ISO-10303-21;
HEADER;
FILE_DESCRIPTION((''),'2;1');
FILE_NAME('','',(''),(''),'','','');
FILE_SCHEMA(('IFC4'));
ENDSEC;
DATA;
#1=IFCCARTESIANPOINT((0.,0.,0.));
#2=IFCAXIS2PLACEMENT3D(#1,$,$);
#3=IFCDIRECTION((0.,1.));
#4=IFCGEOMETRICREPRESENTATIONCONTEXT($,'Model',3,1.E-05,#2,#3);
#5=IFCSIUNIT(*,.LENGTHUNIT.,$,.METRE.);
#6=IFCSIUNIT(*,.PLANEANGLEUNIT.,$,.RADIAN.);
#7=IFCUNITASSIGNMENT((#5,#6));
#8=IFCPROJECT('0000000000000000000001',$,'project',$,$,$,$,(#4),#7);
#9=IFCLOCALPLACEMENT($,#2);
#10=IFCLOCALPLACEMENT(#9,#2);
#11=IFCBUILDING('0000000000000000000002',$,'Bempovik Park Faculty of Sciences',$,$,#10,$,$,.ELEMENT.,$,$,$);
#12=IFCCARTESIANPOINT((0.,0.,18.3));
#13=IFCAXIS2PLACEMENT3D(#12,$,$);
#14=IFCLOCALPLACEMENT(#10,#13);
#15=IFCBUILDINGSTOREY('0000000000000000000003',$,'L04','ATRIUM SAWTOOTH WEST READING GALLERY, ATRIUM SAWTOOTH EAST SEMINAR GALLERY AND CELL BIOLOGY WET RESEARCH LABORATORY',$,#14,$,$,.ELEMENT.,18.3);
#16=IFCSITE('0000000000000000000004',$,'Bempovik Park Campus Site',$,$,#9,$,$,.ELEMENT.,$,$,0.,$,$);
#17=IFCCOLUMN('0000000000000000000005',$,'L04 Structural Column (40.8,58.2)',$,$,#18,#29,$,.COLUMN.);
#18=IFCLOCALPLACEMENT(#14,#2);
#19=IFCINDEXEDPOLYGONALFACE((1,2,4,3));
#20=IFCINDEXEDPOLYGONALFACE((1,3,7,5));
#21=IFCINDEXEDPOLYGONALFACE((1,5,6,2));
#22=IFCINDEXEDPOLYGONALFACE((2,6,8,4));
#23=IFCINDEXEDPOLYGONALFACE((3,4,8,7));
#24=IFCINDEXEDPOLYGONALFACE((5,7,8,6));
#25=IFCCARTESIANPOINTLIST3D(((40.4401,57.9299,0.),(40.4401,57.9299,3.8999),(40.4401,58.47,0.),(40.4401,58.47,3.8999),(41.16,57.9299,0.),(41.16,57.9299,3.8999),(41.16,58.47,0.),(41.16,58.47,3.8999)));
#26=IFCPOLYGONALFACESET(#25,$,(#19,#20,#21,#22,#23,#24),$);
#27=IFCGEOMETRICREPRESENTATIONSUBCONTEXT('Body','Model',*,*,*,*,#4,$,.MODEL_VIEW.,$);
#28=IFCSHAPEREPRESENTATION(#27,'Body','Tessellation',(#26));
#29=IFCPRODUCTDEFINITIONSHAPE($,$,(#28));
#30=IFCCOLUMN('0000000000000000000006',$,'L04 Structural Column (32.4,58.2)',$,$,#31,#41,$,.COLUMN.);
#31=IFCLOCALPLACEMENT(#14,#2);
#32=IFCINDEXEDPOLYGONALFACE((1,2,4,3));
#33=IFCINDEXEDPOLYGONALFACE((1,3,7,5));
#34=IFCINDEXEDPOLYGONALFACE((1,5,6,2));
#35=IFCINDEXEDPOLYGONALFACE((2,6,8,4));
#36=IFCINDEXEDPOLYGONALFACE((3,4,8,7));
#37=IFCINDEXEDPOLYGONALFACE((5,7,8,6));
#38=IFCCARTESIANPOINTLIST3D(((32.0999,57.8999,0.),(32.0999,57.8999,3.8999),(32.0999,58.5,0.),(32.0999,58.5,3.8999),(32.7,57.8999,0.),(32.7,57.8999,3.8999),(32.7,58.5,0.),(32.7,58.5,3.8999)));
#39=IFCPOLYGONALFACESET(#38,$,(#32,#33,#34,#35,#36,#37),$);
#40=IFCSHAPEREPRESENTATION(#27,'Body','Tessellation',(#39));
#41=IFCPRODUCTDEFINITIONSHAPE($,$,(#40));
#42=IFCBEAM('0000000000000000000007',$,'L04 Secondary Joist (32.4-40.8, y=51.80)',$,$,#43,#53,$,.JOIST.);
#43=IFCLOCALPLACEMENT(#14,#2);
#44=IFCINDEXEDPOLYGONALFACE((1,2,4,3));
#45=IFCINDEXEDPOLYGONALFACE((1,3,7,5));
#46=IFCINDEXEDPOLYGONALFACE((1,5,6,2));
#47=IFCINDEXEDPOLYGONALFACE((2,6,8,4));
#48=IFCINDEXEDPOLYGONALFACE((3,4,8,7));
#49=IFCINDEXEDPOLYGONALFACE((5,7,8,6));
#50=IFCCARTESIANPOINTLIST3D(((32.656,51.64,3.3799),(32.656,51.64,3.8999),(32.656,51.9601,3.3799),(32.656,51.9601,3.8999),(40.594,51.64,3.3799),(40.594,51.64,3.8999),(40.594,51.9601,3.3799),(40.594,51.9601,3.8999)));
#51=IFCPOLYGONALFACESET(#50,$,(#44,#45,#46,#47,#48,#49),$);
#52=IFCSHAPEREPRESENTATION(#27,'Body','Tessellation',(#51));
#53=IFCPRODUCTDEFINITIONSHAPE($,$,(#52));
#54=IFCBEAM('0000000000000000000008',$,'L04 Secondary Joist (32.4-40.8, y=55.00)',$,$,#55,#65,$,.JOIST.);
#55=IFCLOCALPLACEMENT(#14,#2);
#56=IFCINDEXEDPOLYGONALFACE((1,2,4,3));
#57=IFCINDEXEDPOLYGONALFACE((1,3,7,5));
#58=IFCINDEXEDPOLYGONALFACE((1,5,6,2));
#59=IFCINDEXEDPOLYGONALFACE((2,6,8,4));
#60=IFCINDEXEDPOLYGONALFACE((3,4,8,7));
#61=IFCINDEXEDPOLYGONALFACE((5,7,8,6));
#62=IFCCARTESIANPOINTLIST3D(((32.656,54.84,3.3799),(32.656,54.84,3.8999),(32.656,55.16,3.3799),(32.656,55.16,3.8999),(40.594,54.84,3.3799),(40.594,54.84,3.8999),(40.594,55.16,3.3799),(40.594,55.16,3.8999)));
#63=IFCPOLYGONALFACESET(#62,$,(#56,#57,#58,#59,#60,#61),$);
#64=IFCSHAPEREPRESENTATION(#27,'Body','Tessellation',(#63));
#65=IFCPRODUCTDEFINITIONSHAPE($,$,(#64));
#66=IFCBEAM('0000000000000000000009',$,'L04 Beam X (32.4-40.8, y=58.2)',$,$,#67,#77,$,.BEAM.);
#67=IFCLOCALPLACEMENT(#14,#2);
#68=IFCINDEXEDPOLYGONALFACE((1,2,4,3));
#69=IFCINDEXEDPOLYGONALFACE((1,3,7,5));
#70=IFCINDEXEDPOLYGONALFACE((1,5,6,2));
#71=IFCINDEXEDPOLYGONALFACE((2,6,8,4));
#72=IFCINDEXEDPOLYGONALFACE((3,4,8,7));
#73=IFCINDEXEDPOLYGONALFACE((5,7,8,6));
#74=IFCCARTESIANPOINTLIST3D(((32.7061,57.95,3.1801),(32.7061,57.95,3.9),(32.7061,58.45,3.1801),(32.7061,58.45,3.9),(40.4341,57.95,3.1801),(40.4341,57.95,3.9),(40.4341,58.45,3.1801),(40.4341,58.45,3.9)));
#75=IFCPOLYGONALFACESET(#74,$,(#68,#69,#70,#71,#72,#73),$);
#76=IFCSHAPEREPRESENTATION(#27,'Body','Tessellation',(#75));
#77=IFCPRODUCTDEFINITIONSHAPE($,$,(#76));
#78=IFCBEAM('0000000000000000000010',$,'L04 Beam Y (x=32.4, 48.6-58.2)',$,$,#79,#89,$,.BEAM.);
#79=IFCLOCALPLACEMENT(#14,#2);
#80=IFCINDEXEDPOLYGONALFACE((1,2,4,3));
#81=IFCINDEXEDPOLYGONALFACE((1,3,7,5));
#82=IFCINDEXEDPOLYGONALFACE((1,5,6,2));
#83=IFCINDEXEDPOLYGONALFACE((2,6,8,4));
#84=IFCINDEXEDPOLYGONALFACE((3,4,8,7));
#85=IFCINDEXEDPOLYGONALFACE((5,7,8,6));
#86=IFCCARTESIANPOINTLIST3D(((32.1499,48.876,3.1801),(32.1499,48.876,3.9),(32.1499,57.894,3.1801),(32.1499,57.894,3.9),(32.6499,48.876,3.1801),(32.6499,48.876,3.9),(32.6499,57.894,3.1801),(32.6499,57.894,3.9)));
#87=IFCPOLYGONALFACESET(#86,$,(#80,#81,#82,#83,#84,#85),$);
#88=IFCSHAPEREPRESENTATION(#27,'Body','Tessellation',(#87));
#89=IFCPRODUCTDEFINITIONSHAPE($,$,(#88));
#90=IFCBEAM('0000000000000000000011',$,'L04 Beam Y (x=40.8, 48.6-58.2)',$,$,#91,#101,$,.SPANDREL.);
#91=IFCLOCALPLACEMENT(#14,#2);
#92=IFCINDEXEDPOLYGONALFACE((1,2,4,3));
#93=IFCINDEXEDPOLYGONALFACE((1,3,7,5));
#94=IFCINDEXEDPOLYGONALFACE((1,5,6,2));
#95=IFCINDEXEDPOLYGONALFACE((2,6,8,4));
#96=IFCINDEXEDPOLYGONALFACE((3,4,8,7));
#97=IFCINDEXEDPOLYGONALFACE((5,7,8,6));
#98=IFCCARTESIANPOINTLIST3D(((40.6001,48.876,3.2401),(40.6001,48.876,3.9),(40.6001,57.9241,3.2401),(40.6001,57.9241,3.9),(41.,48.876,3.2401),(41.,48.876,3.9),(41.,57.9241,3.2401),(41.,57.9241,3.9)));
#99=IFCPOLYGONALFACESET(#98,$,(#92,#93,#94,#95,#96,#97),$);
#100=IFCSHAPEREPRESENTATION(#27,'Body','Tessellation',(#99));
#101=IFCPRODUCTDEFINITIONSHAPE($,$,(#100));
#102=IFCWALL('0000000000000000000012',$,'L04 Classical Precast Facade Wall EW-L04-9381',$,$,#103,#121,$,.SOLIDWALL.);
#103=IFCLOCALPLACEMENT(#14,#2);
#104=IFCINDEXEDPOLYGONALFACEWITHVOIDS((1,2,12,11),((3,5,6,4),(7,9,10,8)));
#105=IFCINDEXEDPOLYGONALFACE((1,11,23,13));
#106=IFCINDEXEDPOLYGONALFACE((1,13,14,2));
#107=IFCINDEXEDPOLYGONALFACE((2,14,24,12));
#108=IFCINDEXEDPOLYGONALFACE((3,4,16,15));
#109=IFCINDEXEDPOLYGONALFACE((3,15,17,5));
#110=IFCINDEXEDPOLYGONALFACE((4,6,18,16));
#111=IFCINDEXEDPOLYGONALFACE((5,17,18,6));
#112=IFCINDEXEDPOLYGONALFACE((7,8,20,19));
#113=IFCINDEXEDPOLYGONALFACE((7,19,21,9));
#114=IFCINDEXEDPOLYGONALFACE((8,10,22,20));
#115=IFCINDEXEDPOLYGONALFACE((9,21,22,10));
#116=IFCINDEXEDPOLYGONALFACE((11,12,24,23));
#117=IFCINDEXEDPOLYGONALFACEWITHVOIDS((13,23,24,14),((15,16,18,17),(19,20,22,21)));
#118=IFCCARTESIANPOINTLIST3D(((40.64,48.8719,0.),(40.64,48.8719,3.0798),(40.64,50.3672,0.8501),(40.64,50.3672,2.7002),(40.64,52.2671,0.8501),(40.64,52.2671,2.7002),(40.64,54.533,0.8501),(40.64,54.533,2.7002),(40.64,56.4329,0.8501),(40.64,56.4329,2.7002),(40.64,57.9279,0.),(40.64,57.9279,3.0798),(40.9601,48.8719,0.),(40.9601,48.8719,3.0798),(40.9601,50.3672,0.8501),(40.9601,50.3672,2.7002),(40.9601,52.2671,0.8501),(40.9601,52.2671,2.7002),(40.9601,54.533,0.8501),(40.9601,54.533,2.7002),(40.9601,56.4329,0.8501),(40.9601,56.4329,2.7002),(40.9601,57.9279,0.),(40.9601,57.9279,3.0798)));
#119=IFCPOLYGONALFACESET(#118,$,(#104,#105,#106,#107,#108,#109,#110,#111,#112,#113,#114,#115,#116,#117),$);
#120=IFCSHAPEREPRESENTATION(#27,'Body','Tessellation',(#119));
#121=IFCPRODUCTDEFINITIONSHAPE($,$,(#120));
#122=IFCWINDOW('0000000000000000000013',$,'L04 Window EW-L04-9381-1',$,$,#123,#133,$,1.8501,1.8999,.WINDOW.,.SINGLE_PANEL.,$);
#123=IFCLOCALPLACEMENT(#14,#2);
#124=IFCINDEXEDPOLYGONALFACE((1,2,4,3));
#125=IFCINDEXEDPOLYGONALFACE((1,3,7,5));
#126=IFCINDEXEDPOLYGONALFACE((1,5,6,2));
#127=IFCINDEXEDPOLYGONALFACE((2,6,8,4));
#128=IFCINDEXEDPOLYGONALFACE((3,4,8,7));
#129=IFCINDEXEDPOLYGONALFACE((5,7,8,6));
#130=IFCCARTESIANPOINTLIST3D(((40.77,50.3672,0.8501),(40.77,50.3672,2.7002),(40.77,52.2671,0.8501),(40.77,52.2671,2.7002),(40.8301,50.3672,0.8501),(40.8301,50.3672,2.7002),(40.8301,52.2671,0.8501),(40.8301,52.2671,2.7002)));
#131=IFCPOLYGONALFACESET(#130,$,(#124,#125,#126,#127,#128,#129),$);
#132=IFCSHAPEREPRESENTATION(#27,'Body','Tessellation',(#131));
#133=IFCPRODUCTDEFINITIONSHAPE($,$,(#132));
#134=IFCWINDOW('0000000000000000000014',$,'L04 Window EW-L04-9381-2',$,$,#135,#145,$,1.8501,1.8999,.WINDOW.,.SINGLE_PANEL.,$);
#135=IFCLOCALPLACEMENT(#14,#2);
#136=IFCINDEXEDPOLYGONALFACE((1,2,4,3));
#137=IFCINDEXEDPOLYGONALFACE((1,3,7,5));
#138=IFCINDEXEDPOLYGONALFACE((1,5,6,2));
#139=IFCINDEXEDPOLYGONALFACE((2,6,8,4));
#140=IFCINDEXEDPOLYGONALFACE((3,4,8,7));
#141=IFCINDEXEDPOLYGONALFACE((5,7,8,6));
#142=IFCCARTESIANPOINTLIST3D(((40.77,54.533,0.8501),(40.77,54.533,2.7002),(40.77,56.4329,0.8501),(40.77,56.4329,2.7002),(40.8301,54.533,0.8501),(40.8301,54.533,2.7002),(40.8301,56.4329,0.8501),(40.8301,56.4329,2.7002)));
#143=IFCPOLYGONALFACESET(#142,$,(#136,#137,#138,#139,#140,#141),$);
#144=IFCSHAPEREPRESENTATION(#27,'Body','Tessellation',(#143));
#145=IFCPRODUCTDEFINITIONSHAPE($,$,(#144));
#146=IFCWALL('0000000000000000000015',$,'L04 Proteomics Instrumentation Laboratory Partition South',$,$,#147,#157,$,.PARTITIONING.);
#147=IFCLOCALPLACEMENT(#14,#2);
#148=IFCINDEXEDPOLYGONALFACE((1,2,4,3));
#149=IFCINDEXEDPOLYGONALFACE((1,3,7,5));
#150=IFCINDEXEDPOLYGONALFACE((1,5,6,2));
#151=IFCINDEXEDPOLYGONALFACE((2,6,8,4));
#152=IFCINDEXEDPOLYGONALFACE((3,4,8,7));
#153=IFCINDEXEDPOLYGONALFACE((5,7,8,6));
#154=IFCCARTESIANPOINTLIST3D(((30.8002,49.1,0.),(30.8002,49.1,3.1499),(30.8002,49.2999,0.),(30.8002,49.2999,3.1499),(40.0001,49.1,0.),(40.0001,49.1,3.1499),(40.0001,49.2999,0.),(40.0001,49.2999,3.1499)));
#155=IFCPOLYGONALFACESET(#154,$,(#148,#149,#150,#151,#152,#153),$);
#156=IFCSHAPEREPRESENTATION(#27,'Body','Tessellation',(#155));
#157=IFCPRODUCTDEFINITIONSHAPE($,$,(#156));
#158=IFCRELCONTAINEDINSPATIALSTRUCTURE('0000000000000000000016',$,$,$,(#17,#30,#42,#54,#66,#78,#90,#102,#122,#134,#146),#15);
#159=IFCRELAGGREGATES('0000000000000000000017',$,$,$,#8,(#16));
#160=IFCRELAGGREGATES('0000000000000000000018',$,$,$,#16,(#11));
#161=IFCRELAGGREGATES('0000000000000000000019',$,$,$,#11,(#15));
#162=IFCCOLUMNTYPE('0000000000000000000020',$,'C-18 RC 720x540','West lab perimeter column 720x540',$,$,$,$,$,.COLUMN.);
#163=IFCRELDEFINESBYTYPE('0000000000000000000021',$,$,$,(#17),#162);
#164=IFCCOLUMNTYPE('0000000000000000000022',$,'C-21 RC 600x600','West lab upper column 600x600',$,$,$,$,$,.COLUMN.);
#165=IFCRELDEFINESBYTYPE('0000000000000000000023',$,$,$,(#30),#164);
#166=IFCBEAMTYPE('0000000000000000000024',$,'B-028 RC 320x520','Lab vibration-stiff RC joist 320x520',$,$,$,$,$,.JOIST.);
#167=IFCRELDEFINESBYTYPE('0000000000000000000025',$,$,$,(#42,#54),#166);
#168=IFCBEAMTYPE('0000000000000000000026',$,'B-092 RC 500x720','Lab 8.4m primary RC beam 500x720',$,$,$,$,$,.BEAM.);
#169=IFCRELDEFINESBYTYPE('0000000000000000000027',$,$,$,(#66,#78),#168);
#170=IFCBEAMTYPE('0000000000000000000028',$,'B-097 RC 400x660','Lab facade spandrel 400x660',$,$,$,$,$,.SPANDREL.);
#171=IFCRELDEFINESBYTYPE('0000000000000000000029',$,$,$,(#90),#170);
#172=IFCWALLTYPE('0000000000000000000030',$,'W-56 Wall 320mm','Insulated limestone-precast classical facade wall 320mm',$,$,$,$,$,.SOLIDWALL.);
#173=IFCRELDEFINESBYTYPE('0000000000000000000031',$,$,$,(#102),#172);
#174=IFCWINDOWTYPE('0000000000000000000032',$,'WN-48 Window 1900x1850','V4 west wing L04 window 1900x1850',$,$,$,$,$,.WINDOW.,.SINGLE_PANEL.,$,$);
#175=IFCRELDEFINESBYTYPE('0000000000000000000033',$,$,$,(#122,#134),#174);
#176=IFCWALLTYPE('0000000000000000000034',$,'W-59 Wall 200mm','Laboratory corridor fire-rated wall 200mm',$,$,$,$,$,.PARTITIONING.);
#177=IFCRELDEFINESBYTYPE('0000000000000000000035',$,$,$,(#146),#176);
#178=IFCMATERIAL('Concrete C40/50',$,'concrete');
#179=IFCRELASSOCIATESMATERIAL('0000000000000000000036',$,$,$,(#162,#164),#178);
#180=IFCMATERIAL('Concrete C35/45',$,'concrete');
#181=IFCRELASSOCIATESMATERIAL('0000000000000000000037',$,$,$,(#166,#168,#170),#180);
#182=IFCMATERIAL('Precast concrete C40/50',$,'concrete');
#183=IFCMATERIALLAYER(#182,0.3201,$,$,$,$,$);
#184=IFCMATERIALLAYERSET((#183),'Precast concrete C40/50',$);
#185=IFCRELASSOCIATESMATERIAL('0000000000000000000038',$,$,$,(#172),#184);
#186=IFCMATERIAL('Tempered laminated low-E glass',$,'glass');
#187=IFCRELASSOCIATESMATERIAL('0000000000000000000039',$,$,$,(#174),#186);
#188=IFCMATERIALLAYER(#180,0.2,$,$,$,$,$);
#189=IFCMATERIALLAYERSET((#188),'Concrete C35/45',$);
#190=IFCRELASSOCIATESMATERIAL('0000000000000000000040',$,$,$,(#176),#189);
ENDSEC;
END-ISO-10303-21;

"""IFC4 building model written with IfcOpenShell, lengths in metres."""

from ifc_helpers import new_model, si_unit, direction, frame, frame_2d, origin, origin_2d, place, context, subcontext, project, spatial, rectangle, extrude, material, layer, layer_set, material_profile, profile_set, type_object, element, fill, save


model = new_model("IFC4")

# Units and contexts
model_context = context("Model", 3, precision=1e-05, world=origin(), true_north=direction((0.0, 1.0)))
body_context = subcontext(model_context, "Body", "Model", "MODEL_VIEW")
ifc_project = project(units=[si_unit("LENGTHUNIT", "METRE"), si_unit("PLANEANGLEUNIT", "RADIAN")], contexts=[model_context])

# Site, building, storey
site_placement = place(None, origin())
site = spatial("IfcSite", under=ifc_project, at=site_placement, Name="Bempovik Park Campus Site", CompositionType="ELEMENT", RefElevation=0.0)
building_placement = place(site_placement, origin())
building = spatial("IfcBuilding", under=site, at=building_placement, Name="Bempovik Park Faculty of Sciences", CompositionType="ELEMENT")
storey_placement = place(building_placement, frame((0.0, 0.0, 18.3)))
storey = spatial("IfcBuildingStorey", under=building, at=storey_placement, Name="L04", Description="ATRIUM SAWTOOTH WEST READING GALLERY, ATRIUM SAWTOOTH EAST SEMINAR GALLERY AND CELL BIOLOGY WET RESEARCH LABORATORY", CompositionType="ELEMENT", Elevation=18.3)

# Columns
ifc_material_1 = material(Name="Concrete C40/50", Category="concrete")
ifc_material_profile_1 = material_profile(ifc_material_1, rectangle(XDim=0.72, YDim=0.54, at=origin_2d()), Name="RC 720x540")
ifc_profile_set_1 = profile_set([ifc_material_profile_1], Name="Concrete C40/50")
column_type_1 = type_object("IfcColumnType", Name="C-18 RC 720x540", Description="West lab perimeter column 720x540", PredefinedType="COLUMN", material=ifc_profile_set_1)
column_1_placement = place(storey_placement, frame((40.8, 58.2, 0.0), z_axis=(0.0, 0.0, 1.0), x_axis=(1.0, 0.0, 0.0)))
element("IfcColumn", 1, at=column_1_placement, inside=storey, type_object=column_type_1, Name="L04 Structural Column (40.8,58.2)", PredefinedType="COLUMN", context=body_context, shape_type="SweptSolid", body=[
    extrude(rectangle(XDim=0.72, YDim=0.54, at=origin_2d()), origin(), (0.0, 0.0, 1.0), 3.8999),
])
ifc_material_profile_2 = material_profile(ifc_material_1, rectangle(XDim=0.6001, YDim=0.6001, at=origin_2d()), Name="RC 600x600")
ifc_profile_set_2 = profile_set([ifc_material_profile_2], Name="Concrete C40/50")
column_type_2 = type_object("IfcColumnType", Name="C-21 RC 600x600", Description="West lab upper column 600x600", PredefinedType="COLUMN", material=ifc_profile_set_2)
column_2_placement = place(storey_placement, frame((32.3999, 58.2, 0.0), z_axis=(0.0, 0.0, 1.0), x_axis=(1.0, 0.0, 0.0)))
element("IfcColumn", 2, at=column_2_placement, inside=storey, type_object=column_type_2, Name="L04 Structural Column (32.4,58.2)", PredefinedType="COLUMN", context=body_context, shape_type="SweptSolid", body=[
    extrude(rectangle(XDim=0.6001, YDim=0.6001, at=origin_2d()), origin(), (0.0, 0.0, 1.0), 3.8999),
])

# Beams
ifc_material_2 = material(Name="Concrete C35/45", Category="concrete")
ifc_material_profile_3 = material_profile(ifc_material_2, rectangle(XDim=0.3201, YDim=0.52, at=origin_2d()), Name="RC 320x520")
ifc_profile_set_3 = profile_set([ifc_material_profile_3], Name="Concrete C35/45")
beam_type_1 = type_object("IfcBeamType", Name="B-028 RC 320x520", Description="Lab vibration-stiff RC joist 320x520", PredefinedType="JOIST", material=ifc_profile_set_3)
for number, where, z_axis, x_axis, name in (
    (3, (32.656, 51.8, 3.6399), (1.0, 0.0, 0.0), (0.0, 1.0, 0.0), "L04 Secondary Joist (32.4-40.8, y=51.80)"),
    (4, (32.656, 55.0, 3.6399), (1.0, 0.0, 0.0), (0.0, 1.0, 0.0), "L04 Secondary Joist (32.4-40.8, y=55.00)"),
):
    element("IfcBeam", number, at=place(storey_placement, frame(where, z_axis=z_axis, x_axis=x_axis)), inside=storey, type_object=beam_type_1, Name=name, PredefinedType="JOIST", context=body_context, shape_type="SweptSolid", body=[
        extrude(rectangle(XDim=0.3201, YDim=0.52, at=origin_2d()), origin(), (0.0, 0.0, 1.0), 7.938),
    ])
ifc_material_profile_4 = material_profile(ifc_material_2, rectangle(XDim=0.5, YDim=0.72, at=origin_2d()), Name="RC 500x720")
ifc_profile_set_4 = profile_set([ifc_material_profile_4], Name="Concrete C35/45")
beam_type_2 = type_object("IfcBeamType", Name="B-092 RC 500x720", Description="Lab 8.4m primary RC beam 500x720", PredefinedType="BEAM", material=ifc_profile_set_4)
beam_1_placement = place(storey_placement, frame((32.7061, 58.2, 3.54), z_axis=(1.0, 0.0, 0.0), x_axis=(0.0, 1.0, 0.0)))
element("IfcBeam", 5, at=beam_1_placement, inside=storey, type_object=beam_type_2, Name="L04 Beam X (32.4-40.8, y=58.2)", PredefinedType="BEAM", context=body_context, shape_type="SweptSolid", body=[
    extrude(rectangle(XDim=0.5, YDim=0.72, at=origin_2d()), origin(), (0.0, 0.0, 1.0), 7.728),
])
beam_2_placement = place(storey_placement, frame((32.3999, 48.876, 3.54), z_axis=(0.0, 1.0, 0.0), x_axis=(-1.0, 0.0, 0.0)))
element("IfcBeam", 6, at=beam_2_placement, inside=storey, type_object=beam_type_2, Name="L04 Beam Y (x=32.4, 48.6-58.2)", PredefinedType="BEAM", context=body_context, shape_type="SweptSolid", body=[
    extrude(rectangle(XDim=0.5, YDim=0.72, at=origin_2d()), origin(), (0.0, 0.0, 1.0), 9.0181),
])
ifc_material_profile_5 = material_profile(ifc_material_2, rectangle(XDim=0.3999, YDim=0.6599, at=origin_2d()), Name="RC 400x660")
ifc_profile_set_5 = profile_set([ifc_material_profile_5], Name="Concrete C35/45")
beam_type_3 = type_object("IfcBeamType", Name="B-097 RC 400x660", Description="Lab facade spandrel 400x660", PredefinedType="SPANDREL", material=ifc_profile_set_5)
beam_3_placement = place(storey_placement, frame((40.8, 48.876, 3.5701), z_axis=(0.0, 1.0, 0.0), x_axis=(-1.0, 0.0, 0.0)))
element("IfcBeam", 7, at=beam_3_placement, inside=storey, type_object=beam_type_3, Name="L04 Beam Y (x=40.8, 48.6-58.2)", PredefinedType="SPANDREL", context=body_context, shape_type="SweptSolid", body=[
    extrude(rectangle(XDim=0.3999, YDim=0.6599, at=origin_2d()), origin(), (0.0, 0.0, 1.0), 9.0481),
])

# Wall, openings, windows
ifc_material_3 = material(Name="Precast concrete C40/50", Category="concrete")
ifc_layer_1 = layer(ifc_material_3, 0.3201)
ifc_layer_set_1 = layer_set([ifc_layer_1], Name="Precast concrete C40/50")
wall_type_1 = type_object("IfcWallType", Name="W-56 Wall 320mm", Description="Insulated limestone-precast classical facade wall 320mm", PredefinedType="SOLIDWALL", material=ifc_layer_set_1)
wall_1_placement = place(storey_placement, frame((40.8, 48.8721, 0.0), z_axis=(0.0, 0.0, 1.0), x_axis=(0.0, 1.0, 0.0)))
wall_1 = element("IfcWall", 8, at=wall_1_placement, inside=storey, type_object=wall_type_1, Name="L04 Classical Precast Facade Wall EW-L04-9381", PredefinedType="SOLIDWALL", context=body_context, shape_type="SweptSolid", body=[
    extrude(rectangle(XDim=9.0559, YDim=0.3201, at=frame_2d((4.5278, 0.0))), origin(), (0.0, 0.0, 1.0), 3.0798),
])
opening_1_placement = place(wall_1_placement, frame((1.4951, 0.0, 0.8501)))
opening_1 = element("IfcOpeningElement", 9, at=opening_1_placement, cuts=wall_1, PredefinedType="OPENING", context=body_context, shape_type="SweptSolid", body=[
    extrude(rectangle(XDim=1.8999, YDim=1.8501, at=frame_2d((0.95, 0.925))), frame((0.0, 0.1699, 0.0), z_axis=(0.0, -1.0, 0.0), x_axis=(1.0, 0.0, 0.0)), (0.0, 0.0, 1.0), 0.3401),
])
opening_2_placement = place(wall_1_placement, frame((5.6609, 0.0, 0.8501)))
opening_2 = element("IfcOpeningElement", 10, at=opening_2_placement, cuts=wall_1, PredefinedType="OPENING", context=body_context, shape_type="SweptSolid", body=[
    extrude(rectangle(XDim=1.8999, YDim=1.8501, at=frame_2d((0.95, 0.925))), frame((0.0, 0.1699, 0.0), z_axis=(0.0, -1.0, 0.0), x_axis=(1.0, 0.0, 0.0)), (0.0, 0.0, 1.0), 0.3401),
])
ifc_material_4 = material(Name="Tempered laminated low-E glass", Category="glass")
window_type = type_object("IfcWindowType", Name="WN-48 Window 1900x1850", Description="V4 west wing L04 window 1900x1850", PartitioningType="SINGLE_PANEL", PredefinedType="WINDOW", material=ifc_material_4)
window_1_placement = place(opening_1_placement, origin())
window_1 = element("IfcWindow", 11, at=window_1_placement, inside=storey, type_object=window_type, Name="L04 Window EW-L04-9381-1", OverallHeight=1.8501, OverallWidth=1.8999, PartitioningType="SINGLE_PANEL", PredefinedType="WINDOW", context=body_context, shape_type="SweptSolid", body=[
    extrude(rectangle(XDim=1.8999, YDim=1.8501, at=frame_2d((0.95, 0.925))), frame((0.0, 0.03, 0.0), z_axis=(0.0, -1.0, 0.0), x_axis=(1.0, 0.0, 0.0)), (0.0, 0.0, 1.0), 0.0601),
])
fill(opening_1, window_1)
window_2_placement = place(opening_2_placement, origin())
window_2 = element("IfcWindow", 12, at=window_2_placement, inside=storey, type_object=window_type, Name="L04 Window EW-L04-9381-2", OverallHeight=1.8501, OverallWidth=1.8999, PartitioningType="SINGLE_PANEL", PredefinedType="WINDOW", context=body_context, shape_type="SweptSolid", body=[
    extrude(rectangle(XDim=1.8999, YDim=1.8501, at=frame_2d((0.95, 0.925))), frame((0.0, 0.03, 0.0), z_axis=(0.0, -1.0, 0.0), x_axis=(1.0, 0.0, 0.0)), (0.0, 0.0, 1.0), 0.0601),
])
fill(opening_2, window_2)

# Wall
ifc_layer_2 = layer(ifc_material_2, 0.2)
ifc_layer_set_2 = layer_set([ifc_layer_2], Name="Concrete C35/45")
wall_type_2 = type_object("IfcWallType", Name="W-59 Wall 200mm", Description="Laboratory corridor fire-rated wall 200mm", PredefinedType="PARTITIONING", material=ifc_layer_set_2)
wall_2_placement = place(storey_placement, frame((30.8, 49.2, 0.0), z_axis=(0.0, 0.0, 1.0), x_axis=(1.0, 0.0, 0.0)))
element("IfcWall", 13, at=wall_2_placement, inside=storey, type_object=wall_type_2, Name="L04 Proteomics Instrumentation Laboratory Partition South", PredefinedType="PARTITIONING", context=body_context, shape_type="SweptSolid", body=[
    extrude(rectangle(XDim=9.2, YDim=0.2, at=frame_2d((4.6001, 0.0))), origin(), (0.0, 0.0, 1.0), 3.1499),
])

save(model, "model.ifc")
